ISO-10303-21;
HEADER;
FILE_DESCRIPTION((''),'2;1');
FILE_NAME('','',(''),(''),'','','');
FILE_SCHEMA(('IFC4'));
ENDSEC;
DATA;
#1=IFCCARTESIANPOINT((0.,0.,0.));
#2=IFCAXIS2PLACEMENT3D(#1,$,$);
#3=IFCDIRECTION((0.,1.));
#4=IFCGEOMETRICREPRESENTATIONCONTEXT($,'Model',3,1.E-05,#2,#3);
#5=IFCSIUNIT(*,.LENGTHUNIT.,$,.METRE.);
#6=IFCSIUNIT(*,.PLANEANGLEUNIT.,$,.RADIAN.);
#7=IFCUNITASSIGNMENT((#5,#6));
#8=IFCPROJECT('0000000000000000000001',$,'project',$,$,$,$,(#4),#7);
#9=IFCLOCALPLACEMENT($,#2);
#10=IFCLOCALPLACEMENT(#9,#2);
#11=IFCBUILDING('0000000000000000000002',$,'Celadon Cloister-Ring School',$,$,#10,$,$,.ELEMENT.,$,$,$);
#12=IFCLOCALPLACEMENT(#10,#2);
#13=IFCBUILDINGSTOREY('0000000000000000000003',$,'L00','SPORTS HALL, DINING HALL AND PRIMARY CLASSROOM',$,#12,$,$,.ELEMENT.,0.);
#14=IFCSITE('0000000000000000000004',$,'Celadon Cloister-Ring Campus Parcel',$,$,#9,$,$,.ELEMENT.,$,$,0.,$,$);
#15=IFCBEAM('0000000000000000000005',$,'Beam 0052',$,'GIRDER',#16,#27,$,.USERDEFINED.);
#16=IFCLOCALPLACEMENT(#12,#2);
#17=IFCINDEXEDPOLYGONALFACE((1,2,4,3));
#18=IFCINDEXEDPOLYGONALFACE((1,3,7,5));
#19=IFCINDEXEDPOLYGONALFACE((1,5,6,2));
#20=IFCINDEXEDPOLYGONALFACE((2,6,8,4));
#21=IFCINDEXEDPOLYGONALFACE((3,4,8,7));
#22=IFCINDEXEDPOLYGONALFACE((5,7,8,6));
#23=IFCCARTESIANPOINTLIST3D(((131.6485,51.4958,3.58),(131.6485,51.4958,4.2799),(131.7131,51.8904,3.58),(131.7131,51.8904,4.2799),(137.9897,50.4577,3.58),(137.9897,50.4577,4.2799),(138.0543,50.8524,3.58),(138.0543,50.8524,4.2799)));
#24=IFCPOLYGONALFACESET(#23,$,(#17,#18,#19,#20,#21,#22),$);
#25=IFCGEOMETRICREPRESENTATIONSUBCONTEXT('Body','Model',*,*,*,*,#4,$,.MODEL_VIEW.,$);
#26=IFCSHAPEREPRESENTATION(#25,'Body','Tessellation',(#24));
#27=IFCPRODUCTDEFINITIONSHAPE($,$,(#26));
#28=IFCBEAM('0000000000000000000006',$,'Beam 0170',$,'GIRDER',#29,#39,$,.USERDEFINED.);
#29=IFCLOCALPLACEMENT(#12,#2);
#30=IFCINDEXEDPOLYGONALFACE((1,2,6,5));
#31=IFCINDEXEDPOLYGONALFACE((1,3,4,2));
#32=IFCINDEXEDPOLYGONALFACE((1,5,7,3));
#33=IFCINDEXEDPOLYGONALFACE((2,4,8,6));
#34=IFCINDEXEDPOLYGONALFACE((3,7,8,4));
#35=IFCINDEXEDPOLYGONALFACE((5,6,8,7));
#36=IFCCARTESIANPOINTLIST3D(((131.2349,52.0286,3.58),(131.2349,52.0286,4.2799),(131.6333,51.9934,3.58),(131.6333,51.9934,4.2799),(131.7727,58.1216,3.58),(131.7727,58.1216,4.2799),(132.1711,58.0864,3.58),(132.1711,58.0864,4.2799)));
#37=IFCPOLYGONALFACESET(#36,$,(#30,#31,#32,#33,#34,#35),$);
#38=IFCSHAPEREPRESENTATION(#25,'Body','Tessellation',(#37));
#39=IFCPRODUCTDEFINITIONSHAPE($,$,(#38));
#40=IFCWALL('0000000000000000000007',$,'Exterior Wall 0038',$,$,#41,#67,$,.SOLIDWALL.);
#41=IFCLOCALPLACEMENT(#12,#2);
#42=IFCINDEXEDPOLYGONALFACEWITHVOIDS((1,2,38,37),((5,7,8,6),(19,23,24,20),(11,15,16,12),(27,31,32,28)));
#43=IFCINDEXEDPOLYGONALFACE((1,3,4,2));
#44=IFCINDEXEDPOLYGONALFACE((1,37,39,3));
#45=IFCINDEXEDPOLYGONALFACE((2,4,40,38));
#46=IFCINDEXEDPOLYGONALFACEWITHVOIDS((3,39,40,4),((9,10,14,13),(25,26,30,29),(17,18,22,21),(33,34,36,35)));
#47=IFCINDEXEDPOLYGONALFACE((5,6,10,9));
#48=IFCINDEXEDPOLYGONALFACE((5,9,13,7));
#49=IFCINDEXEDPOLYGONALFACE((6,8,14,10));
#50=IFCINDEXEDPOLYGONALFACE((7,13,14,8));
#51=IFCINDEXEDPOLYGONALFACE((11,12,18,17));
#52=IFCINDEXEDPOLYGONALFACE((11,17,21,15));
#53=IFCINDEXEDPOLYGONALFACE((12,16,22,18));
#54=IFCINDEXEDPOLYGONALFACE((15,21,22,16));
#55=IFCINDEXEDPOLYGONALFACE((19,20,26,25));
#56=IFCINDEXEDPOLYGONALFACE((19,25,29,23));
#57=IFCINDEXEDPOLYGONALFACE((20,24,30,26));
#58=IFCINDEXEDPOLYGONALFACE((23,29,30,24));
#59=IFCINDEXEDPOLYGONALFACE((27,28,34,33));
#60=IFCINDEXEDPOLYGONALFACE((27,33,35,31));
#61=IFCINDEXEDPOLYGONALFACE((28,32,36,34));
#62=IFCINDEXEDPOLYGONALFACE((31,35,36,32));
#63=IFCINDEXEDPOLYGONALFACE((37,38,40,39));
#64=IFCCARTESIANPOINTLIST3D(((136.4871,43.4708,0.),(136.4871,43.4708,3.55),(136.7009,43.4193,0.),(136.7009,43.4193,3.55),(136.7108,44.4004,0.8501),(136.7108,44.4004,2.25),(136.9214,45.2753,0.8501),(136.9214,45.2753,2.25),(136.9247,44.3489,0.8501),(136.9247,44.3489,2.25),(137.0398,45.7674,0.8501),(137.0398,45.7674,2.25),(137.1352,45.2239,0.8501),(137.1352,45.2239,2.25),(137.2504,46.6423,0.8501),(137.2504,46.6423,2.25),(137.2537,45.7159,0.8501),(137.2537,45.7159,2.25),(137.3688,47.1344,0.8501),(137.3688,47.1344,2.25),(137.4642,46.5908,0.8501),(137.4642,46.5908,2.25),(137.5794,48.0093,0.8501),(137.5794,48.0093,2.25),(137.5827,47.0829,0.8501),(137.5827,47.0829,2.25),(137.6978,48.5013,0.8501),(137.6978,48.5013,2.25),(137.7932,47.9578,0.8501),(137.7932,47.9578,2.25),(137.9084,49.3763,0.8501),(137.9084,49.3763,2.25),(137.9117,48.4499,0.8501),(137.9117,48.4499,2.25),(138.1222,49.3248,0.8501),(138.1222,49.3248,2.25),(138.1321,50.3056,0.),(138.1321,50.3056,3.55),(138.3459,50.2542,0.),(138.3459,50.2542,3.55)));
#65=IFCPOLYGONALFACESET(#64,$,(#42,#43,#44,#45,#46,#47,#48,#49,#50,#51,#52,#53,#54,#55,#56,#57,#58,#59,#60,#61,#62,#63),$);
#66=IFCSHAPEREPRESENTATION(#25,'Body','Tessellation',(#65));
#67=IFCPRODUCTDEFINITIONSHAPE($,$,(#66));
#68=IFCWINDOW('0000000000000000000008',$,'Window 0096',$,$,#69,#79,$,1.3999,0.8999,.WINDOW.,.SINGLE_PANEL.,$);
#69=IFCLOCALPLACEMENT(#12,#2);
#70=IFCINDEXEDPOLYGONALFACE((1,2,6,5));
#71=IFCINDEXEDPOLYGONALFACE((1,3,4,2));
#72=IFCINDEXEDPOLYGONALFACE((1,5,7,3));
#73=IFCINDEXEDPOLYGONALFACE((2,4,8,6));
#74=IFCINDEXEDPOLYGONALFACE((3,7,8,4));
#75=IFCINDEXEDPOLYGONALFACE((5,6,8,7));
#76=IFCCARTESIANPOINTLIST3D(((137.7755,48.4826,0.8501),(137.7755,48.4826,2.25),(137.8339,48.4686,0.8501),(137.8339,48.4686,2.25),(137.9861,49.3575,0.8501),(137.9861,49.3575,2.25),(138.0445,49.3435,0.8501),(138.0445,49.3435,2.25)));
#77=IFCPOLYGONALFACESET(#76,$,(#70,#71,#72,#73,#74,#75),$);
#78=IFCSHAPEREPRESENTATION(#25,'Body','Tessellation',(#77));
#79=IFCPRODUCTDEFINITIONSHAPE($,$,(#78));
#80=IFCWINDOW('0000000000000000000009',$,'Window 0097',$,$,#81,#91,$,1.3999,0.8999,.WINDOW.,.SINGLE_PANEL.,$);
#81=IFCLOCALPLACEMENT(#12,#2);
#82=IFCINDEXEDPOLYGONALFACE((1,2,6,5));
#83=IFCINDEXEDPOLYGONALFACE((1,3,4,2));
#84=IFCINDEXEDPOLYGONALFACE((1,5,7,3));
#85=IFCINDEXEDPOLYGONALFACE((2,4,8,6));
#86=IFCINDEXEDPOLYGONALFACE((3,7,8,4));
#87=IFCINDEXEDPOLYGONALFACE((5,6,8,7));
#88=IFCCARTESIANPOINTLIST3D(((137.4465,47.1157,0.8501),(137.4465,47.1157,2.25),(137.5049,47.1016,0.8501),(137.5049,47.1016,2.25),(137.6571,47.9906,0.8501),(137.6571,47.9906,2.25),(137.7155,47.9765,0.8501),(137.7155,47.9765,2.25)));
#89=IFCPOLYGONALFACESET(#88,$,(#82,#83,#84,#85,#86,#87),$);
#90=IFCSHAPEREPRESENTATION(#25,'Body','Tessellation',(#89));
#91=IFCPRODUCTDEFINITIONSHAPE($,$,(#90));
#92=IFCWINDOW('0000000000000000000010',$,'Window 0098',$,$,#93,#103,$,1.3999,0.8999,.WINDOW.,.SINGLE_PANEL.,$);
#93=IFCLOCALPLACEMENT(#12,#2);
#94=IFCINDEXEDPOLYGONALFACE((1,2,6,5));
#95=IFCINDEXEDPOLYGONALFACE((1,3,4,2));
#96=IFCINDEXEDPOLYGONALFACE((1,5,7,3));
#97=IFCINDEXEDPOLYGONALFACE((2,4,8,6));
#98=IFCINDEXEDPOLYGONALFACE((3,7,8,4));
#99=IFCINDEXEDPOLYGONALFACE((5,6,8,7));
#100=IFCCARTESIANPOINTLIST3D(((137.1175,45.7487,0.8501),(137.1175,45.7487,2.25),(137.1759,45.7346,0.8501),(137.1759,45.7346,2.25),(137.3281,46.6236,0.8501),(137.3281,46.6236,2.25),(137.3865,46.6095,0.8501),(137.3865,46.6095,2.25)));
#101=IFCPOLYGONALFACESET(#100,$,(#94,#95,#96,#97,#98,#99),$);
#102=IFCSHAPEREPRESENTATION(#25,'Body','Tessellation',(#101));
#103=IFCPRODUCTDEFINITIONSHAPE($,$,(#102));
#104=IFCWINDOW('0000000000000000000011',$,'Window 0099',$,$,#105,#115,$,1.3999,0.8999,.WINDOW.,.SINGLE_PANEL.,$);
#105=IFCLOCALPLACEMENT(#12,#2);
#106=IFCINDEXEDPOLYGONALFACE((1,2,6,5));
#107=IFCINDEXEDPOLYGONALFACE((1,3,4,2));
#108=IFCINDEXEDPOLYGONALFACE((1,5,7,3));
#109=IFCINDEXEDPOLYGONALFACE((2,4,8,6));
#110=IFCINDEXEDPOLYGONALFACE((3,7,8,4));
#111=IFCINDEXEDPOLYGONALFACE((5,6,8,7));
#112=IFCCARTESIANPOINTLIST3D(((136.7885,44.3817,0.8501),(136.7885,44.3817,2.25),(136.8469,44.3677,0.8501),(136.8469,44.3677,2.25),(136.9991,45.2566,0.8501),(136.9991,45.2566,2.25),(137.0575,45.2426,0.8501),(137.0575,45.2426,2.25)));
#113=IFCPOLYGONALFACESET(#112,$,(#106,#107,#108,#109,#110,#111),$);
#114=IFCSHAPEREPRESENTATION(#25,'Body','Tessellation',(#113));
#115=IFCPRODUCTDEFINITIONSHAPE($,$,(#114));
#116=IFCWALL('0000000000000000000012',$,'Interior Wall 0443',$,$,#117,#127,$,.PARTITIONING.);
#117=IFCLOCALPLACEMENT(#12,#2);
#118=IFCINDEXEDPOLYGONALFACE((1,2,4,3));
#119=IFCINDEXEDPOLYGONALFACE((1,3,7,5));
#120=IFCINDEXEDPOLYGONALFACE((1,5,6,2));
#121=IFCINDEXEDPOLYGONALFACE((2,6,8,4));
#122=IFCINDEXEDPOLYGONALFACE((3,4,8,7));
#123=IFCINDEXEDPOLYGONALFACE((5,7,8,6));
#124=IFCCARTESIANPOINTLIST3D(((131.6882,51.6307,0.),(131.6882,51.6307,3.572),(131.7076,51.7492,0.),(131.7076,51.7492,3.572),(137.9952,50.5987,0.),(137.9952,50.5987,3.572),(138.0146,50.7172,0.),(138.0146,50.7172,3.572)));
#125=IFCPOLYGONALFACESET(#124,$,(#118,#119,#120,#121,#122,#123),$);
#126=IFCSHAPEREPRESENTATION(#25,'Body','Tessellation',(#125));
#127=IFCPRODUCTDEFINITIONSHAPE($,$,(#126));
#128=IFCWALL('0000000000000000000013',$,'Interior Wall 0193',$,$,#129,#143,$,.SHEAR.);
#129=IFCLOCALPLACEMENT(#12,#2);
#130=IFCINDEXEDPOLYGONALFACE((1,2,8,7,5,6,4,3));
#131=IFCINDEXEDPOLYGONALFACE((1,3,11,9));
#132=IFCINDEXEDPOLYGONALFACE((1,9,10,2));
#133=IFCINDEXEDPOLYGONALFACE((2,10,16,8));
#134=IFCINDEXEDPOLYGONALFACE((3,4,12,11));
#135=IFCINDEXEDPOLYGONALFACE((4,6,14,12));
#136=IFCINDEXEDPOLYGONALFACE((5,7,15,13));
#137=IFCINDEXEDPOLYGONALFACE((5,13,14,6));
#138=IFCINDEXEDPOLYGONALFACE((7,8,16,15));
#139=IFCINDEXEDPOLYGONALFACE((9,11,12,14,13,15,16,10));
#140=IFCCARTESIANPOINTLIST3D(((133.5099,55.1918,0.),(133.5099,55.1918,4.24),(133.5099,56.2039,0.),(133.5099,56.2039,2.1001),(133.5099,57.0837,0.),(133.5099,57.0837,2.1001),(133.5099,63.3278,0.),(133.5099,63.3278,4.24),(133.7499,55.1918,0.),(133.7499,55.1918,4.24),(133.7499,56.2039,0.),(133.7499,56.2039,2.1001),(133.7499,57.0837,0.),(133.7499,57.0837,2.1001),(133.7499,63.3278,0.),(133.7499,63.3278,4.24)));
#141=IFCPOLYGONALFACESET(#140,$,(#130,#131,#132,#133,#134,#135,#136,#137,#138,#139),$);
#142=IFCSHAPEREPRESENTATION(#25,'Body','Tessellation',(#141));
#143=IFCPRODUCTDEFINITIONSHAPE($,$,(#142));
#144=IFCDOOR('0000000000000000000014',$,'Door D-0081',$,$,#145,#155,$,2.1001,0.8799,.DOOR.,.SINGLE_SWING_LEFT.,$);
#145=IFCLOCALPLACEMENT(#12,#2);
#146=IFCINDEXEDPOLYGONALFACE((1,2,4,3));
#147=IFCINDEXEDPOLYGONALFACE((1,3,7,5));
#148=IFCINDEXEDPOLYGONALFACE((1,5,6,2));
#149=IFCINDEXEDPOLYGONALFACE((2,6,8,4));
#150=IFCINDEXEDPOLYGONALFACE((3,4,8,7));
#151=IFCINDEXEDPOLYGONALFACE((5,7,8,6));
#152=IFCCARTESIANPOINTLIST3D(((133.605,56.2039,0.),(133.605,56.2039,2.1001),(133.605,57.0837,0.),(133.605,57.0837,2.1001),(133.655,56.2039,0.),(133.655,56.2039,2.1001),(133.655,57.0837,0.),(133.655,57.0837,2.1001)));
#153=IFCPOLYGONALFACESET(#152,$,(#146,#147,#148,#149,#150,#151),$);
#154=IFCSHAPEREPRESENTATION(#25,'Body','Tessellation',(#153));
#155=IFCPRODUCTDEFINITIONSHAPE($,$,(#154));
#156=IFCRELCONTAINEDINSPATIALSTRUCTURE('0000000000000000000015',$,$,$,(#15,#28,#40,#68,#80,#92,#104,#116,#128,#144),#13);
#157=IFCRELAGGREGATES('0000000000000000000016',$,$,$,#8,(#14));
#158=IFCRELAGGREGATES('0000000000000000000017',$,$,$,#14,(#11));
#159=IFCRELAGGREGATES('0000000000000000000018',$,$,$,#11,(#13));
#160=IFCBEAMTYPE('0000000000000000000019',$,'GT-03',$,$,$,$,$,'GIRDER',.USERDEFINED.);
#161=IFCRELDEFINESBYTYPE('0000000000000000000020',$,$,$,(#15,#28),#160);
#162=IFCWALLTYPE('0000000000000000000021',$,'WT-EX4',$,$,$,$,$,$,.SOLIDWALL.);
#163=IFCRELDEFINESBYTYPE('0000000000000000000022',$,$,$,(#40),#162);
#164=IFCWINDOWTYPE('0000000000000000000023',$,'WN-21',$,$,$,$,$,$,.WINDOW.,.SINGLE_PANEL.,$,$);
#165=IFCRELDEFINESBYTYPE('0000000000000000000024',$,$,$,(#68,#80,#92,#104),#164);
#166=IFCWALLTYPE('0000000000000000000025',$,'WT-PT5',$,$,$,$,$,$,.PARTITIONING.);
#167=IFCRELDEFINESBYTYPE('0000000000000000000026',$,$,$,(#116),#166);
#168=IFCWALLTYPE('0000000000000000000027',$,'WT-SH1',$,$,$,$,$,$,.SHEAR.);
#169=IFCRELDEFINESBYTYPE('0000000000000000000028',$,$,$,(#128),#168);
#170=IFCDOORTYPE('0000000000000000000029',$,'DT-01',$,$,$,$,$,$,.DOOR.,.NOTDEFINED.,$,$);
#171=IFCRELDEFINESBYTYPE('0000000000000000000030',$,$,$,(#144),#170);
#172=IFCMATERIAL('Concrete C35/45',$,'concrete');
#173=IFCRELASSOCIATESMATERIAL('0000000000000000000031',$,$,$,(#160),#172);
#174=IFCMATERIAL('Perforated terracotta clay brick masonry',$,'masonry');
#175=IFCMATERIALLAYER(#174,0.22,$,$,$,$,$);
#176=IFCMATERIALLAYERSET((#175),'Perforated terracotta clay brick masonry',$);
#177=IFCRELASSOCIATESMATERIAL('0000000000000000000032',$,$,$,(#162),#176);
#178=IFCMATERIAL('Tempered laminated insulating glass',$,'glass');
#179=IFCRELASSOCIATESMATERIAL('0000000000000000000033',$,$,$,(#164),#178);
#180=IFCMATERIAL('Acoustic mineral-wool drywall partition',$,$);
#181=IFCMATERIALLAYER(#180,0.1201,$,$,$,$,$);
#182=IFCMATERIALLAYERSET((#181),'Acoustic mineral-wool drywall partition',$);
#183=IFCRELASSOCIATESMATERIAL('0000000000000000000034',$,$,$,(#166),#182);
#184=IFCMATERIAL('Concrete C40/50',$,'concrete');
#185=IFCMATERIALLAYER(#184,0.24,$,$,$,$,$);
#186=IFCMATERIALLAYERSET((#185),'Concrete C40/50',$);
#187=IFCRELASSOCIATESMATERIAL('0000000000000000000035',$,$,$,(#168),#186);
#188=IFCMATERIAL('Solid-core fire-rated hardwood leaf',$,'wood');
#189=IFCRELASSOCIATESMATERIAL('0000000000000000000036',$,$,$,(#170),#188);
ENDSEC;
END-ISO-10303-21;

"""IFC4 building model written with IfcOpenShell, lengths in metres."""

from ifc_helpers import new_model, si_unit, direction, frame, frame_2d, origin, origin_2d, place, context, subcontext, project, spatial, rectangle, extrude, material, layer, layer_set, material_profile, profile_set, type_object, element, fill, save


model = new_model("IFC4")

# Units and contexts
model_context = context("Model", 3, precision=1e-05, world=origin(), true_north=direction((0.0, 1.0)))
body_context = subcontext(model_context, "Body", "Model", "MODEL_VIEW")
ifc_project = project(units=[si_unit("LENGTHUNIT", "METRE"), si_unit("PLANEANGLEUNIT", "RADIAN")], contexts=[model_context])

# Site, building, storey
site_placement = place(None, origin())
site = spatial("IfcSite", under=ifc_project, at=site_placement, Name="Celadon Cloister-Ring Campus Parcel", CompositionType="ELEMENT", RefElevation=0.0)
building_placement = place(site_placement, origin())
building = spatial("IfcBuilding", under=site, at=building_placement, Name="Celadon Cloister-Ring School", CompositionType="ELEMENT")
storey_placement = place(building_placement, origin())
storey = spatial("IfcBuildingStorey", under=building, at=storey_placement, Name="L00", Description="SPORTS HALL, DINING HALL AND PRIMARY CLASSROOM", CompositionType="ELEMENT", Elevation=0.0)

# Beams
ifc_material_1 = material(Name="Concrete C35/45", Category="concrete")
ifc_material_profile_1 = material_profile(ifc_material_1, rectangle(XDim=0.3999, YDim=0.7, at=origin_2d()), Name="RC400X700")
ifc_profile_set_1 = profile_set([ifc_material_profile_1], Name="Concrete C35/45")
beam_type_1 = type_object("IfcBeamType", Name="GT-03", ElementType="GIRDER", PredefinedType="USERDEFINED", material=ifc_profile_set_1)
beam_1_placement = place(storey_placement, frame((138.022, 50.655, 3.9299), z_axis=(-0.986863, 0.161558, 0.0), x_axis=(-0.161558, -0.986863, 0.0)))
element("IfcBeam", 1, at=beam_1_placement, inside=storey, type_object=beam_type_1, Name="Beam 0052", ObjectType="GIRDER", PredefinedType="USERDEFINED", context=body_context, shape_type="SweptSolid", body=[
    extrude(rectangle(XDim=0.3999, YDim=0.7, at=origin_2d()), origin(), (0.0, 0.0, 1.0), 6.4255),
])
beam_2_placement = place(storey_placement, frame((131.4341, 52.011, 3.9299), z_axis=(0.08793, 0.996127, 0.0), x_axis=(-0.996127, 0.08793, 0.0)))
element("IfcBeam", 2, at=beam_2_placement, inside=storey, type_object=beam_type_1, Name="Beam 0170", ObjectType="GIRDER", PredefinedType="USERDEFINED", context=body_context, shape_type="SweptSolid", body=[
    extrude(rectangle(XDim=0.3999, YDim=0.7, at=origin_2d()), origin(), (0.0, 0.0, 1.0), 6.1167),
])

# Wall, openings, windows
ifc_material_2 = material(Name="Perforated terracotta clay brick masonry", Category="masonry")
ifc_layer_1 = layer(ifc_material_2, 0.22)
ifc_layer_set_1 = layer_set([ifc_layer_1], Name="Perforated terracotta clay brick masonry")
wall_type_1 = type_object("IfcWallType", Name="WT-EX4", PredefinedType="SOLIDWALL", material=ifc_layer_set_1)
wall_1_placement = place(storey_placement, frame((138.239, 50.28, 0.0), z_axis=(0.0, 0.0, 1.0), x_axis=(-0.233995, -0.972238, 0.0)))
wall_1 = element("IfcWall", 3, at=wall_1_placement, inside=storey, type_object=wall_type_1, Name="Exterior Wall 0038", PredefinedType="SOLIDWALL", context=body_context, shape_type="SweptSolid", body=[
    extrude(rectangle(XDim=7.03, YDim=0.22, at=frame_2d((3.5151, 0.0))), origin(), (0.0, 0.0, 1.0), 3.55),
])
opening_1_placement = place(wall_1_placement, frame((0.9561, 0.0, 0.8501)))
opening_1 = element("IfcOpeningElement", 4, at=opening_1_placement, cuts=wall_1, PredefinedType="OPENING", context=body_context, shape_type="SweptSolid", body=[
    extrude(rectangle(XDim=0.8999, YDim=1.3999, at=frame_2d((0.45, 0.7))), frame((0.0, 0.1201, 0.0), z_axis=(0.0, -1.0, 0.0), x_axis=(1.0, 0.0, 0.0)), (0.0, 0.0, 1.0), 0.24),
])
opening_2_placement = place(wall_1_placement, frame((2.3621, 0.0, 0.8501)))
opening_2 = element("IfcOpeningElement", 5, at=opening_2_placement, cuts=wall_1, PredefinedType="OPENING", context=body_context, shape_type="SweptSolid", body=[
    extrude(rectangle(XDim=0.8999, YDim=1.3999, at=frame_2d((0.45, 0.7))), frame((0.0, 0.1201, 0.0), z_axis=(0.0, -1.0, 0.0), x_axis=(1.0, 0.0, 0.0)), (0.0, 0.0, 1.0), 0.24),
])
opening_3_placement = place(wall_1_placement, frame((3.7681, 0.0, 0.8501)))
opening_3 = element("IfcOpeningElement", 6, at=opening_3_placement, cuts=wall_1, PredefinedType="OPENING", context=body_context, shape_type="SweptSolid", body=[
    extrude(rectangle(XDim=0.8999, YDim=1.3999, at=frame_2d((0.45, 0.7))), frame((0.0, 0.1201, 0.0), z_axis=(0.0, -1.0, 0.0), x_axis=(1.0, 0.0, 0.0)), (0.0, 0.0, 1.0), 0.24),
])
opening_4_placement = place(wall_1_placement, frame((5.1741, 0.0, 0.8501)))
opening_4 = element("IfcOpeningElement", 7, at=opening_4_placement, cuts=wall_1, PredefinedType="OPENING", context=body_context, shape_type="SweptSolid", body=[
    extrude(rectangle(XDim=0.8999, YDim=1.3999, at=frame_2d((0.45, 0.7))), frame((0.0, 0.1201, 0.0), z_axis=(0.0, -1.0, 0.0), x_axis=(1.0, 0.0, 0.0)), (0.0, 0.0, 1.0), 0.24),
])
ifc_material_3 = material(Name="Tempered laminated insulating glass", Category="glass")
window_type = type_object("IfcWindowType", Name="WN-21", PartitioningType="SINGLE_PANEL", PredefinedType="WINDOW", material=ifc_material_3)
window_1_placement = place(opening_1_placement, origin())
window_1 = element("IfcWindow", 8, at=window_1_placement, inside=storey, type_object=window_type, Name="Window 0096", OverallHeight=1.3999, OverallWidth=0.8999, PartitioningType="SINGLE_PANEL", PredefinedType="WINDOW", context=body_context, shape_type="SweptSolid", body=[
    extrude(rectangle(XDim=0.8999, YDim=1.3999, at=frame_2d((0.45, 0.7))), frame((0.0, 0.03, 0.0), z_axis=(0.0, -1.0, 0.0), x_axis=(1.0, 0.0, 0.0)), (0.0, 0.0, 1.0), 0.0601),
])
fill(opening_1, window_1)
window_2_placement = place(opening_2_placement, origin())
window_2 = element("IfcWindow", 9, at=window_2_placement, inside=storey, type_object=window_type, Name="Window 0097", OverallHeight=1.3999, OverallWidth=0.8999, PartitioningType="SINGLE_PANEL", PredefinedType="WINDOW", context=body_context, shape_type="SweptSolid", body=[
    extrude(rectangle(XDim=0.8999, YDim=1.3999, at=frame_2d((0.45, 0.7))), frame((0.0, 0.03, 0.0), z_axis=(0.0, -1.0, 0.0), x_axis=(1.0, 0.0, 0.0)), (0.0, 0.0, 1.0), 0.0601),
])
fill(opening_2, window_2)
window_3_placement = place(opening_3_placement, origin())
window_3 = element("IfcWindow", 10, at=window_3_placement, inside=storey, type_object=window_type, Name="Window 0098", OverallHeight=1.3999, OverallWidth=0.8999, PartitioningType="SINGLE_PANEL", PredefinedType="WINDOW", context=body_context, shape_type="SweptSolid", body=[
    extrude(rectangle(XDim=0.8999, YDim=1.3999, at=frame_2d((0.45, 0.7))), frame((0.0, 0.03, 0.0), z_axis=(0.0, -1.0, 0.0), x_axis=(1.0, 0.0, 0.0)), (0.0, 0.0, 1.0), 0.0601),
])
fill(opening_3, window_3)
window_4_placement = place(opening_4_placement, origin())
window_4 = element("IfcWindow", 11, at=window_4_placement, inside=storey, type_object=window_type, Name="Window 0099", OverallHeight=1.3999, OverallWidth=0.8999, PartitioningType="SINGLE_PANEL", PredefinedType="WINDOW", context=body_context, shape_type="SweptSolid", body=[
    extrude(rectangle(XDim=0.8999, YDim=1.3999, at=frame_2d((0.45, 0.7))), frame((0.0, 0.03, 0.0), z_axis=(0.0, -1.0, 0.0), x_axis=(1.0, 0.0, 0.0)), (0.0, 0.0, 1.0), 0.0601),
])
fill(opening_4, window_4)

# Wall
ifc_material_4 = material(Name="Acoustic mineral-wool drywall partition")
ifc_layer_2 = layer(ifc_material_4, 0.1201)
ifc_layer_set_2 = layer_set([ifc_layer_2], Name="Acoustic mineral-wool drywall partition")
wall_type_2 = type_object("IfcWallType", Name="WT-PT5", PredefinedType="PARTITIONING", material=ifc_layer_set_2)
wall_2_placement = place(storey_placement, frame((131.698, 51.6899, 0.0), z_axis=(0.0, 0.0, 1.0), x_axis=(0.986876, -0.16148, 0.0)))
element("IfcWall", 12, at=wall_2_placement, inside=storey, type_object=wall_type_2, Name="Interior Wall 0443", PredefinedType="PARTITIONING", context=body_context, shape_type="SweptSolid", body=[
    extrude(rectangle(XDim=6.3909, YDim=0.1201, at=frame_2d((3.1953, 0.0))), origin(), (0.0, 0.0, 1.0), 3.572),
])

# Wall, opening, door
ifc_material_5 = material(Name="Concrete C40/50", Category="concrete")
ifc_layer_3 = layer(ifc_material_5, 0.24)
ifc_layer_set_3 = layer_set([ifc_layer_3], Name="Concrete C40/50")
wall_type_3 = type_object("IfcWallType", Name="WT-SH1", PredefinedType="SHEAR", material=ifc_layer_set_3)
wall_3_placement = place(storey_placement, frame((133.6299, 55.1919, 0.0), z_axis=(0.0, 0.0, 1.0), x_axis=(0.0, 1.0, 0.0)))
wall_3 = element("IfcWall", 13, at=wall_3_placement, inside=storey, type_object=wall_type_3, Name="Interior Wall 0193", PredefinedType="SHEAR", context=body_context, shape_type="SweptSolid", body=[
    extrude(rectangle(XDim=8.136, YDim=0.24, at=frame_2d((4.0679, 0.0))), origin(), (0.0, 0.0, 1.0), 4.24),
])
opening_5_placement = place(wall_3_placement, frame((1.012, 0.0, 0.0)))
opening_5 = element("IfcOpeningElement", 14, at=opening_5_placement, cuts=wall_3, PredefinedType="OPENING", context=body_context, shape_type="SweptSolid", body=[
    extrude(rectangle(XDim=0.8799, YDim=2.1001, at=frame_2d((0.4399, 1.05))), frame((0.0, 0.1299, 0.0), z_axis=(0.0, -1.0, 0.0), x_axis=(1.0, 0.0, 0.0)), (0.0, 0.0, 1.0), 0.26),
])
ifc_material_6 = material(Name="Solid-core fire-rated hardwood leaf", Category="wood")
door_type = type_object("IfcDoorType", Name="DT-01", OperationType="NOTDEFINED", PredefinedType="DOOR", material=ifc_material_6)
door_placement = place(opening_5_placement, origin())
door = element("IfcDoor", 15, at=door_placement, inside=storey, type_object=door_type, Name="Door D-0081", OperationType="SINGLE_SWING_LEFT", OverallHeight=2.1001, OverallWidth=0.8799, PredefinedType="DOOR", context=body_context, shape_type="SweptSolid", body=[
    extrude(rectangle(XDim=0.8799, YDim=2.1001, at=frame_2d((0.4399, 1.05))), frame((0.0, 0.0249, 0.0), z_axis=(0.0, -1.0, 0.0), x_axis=(1.0, 0.0, 0.0)), (0.0, 0.0, 1.0), 0.05),
])
fill(opening_5, door)

save(model, "model.ifc")
